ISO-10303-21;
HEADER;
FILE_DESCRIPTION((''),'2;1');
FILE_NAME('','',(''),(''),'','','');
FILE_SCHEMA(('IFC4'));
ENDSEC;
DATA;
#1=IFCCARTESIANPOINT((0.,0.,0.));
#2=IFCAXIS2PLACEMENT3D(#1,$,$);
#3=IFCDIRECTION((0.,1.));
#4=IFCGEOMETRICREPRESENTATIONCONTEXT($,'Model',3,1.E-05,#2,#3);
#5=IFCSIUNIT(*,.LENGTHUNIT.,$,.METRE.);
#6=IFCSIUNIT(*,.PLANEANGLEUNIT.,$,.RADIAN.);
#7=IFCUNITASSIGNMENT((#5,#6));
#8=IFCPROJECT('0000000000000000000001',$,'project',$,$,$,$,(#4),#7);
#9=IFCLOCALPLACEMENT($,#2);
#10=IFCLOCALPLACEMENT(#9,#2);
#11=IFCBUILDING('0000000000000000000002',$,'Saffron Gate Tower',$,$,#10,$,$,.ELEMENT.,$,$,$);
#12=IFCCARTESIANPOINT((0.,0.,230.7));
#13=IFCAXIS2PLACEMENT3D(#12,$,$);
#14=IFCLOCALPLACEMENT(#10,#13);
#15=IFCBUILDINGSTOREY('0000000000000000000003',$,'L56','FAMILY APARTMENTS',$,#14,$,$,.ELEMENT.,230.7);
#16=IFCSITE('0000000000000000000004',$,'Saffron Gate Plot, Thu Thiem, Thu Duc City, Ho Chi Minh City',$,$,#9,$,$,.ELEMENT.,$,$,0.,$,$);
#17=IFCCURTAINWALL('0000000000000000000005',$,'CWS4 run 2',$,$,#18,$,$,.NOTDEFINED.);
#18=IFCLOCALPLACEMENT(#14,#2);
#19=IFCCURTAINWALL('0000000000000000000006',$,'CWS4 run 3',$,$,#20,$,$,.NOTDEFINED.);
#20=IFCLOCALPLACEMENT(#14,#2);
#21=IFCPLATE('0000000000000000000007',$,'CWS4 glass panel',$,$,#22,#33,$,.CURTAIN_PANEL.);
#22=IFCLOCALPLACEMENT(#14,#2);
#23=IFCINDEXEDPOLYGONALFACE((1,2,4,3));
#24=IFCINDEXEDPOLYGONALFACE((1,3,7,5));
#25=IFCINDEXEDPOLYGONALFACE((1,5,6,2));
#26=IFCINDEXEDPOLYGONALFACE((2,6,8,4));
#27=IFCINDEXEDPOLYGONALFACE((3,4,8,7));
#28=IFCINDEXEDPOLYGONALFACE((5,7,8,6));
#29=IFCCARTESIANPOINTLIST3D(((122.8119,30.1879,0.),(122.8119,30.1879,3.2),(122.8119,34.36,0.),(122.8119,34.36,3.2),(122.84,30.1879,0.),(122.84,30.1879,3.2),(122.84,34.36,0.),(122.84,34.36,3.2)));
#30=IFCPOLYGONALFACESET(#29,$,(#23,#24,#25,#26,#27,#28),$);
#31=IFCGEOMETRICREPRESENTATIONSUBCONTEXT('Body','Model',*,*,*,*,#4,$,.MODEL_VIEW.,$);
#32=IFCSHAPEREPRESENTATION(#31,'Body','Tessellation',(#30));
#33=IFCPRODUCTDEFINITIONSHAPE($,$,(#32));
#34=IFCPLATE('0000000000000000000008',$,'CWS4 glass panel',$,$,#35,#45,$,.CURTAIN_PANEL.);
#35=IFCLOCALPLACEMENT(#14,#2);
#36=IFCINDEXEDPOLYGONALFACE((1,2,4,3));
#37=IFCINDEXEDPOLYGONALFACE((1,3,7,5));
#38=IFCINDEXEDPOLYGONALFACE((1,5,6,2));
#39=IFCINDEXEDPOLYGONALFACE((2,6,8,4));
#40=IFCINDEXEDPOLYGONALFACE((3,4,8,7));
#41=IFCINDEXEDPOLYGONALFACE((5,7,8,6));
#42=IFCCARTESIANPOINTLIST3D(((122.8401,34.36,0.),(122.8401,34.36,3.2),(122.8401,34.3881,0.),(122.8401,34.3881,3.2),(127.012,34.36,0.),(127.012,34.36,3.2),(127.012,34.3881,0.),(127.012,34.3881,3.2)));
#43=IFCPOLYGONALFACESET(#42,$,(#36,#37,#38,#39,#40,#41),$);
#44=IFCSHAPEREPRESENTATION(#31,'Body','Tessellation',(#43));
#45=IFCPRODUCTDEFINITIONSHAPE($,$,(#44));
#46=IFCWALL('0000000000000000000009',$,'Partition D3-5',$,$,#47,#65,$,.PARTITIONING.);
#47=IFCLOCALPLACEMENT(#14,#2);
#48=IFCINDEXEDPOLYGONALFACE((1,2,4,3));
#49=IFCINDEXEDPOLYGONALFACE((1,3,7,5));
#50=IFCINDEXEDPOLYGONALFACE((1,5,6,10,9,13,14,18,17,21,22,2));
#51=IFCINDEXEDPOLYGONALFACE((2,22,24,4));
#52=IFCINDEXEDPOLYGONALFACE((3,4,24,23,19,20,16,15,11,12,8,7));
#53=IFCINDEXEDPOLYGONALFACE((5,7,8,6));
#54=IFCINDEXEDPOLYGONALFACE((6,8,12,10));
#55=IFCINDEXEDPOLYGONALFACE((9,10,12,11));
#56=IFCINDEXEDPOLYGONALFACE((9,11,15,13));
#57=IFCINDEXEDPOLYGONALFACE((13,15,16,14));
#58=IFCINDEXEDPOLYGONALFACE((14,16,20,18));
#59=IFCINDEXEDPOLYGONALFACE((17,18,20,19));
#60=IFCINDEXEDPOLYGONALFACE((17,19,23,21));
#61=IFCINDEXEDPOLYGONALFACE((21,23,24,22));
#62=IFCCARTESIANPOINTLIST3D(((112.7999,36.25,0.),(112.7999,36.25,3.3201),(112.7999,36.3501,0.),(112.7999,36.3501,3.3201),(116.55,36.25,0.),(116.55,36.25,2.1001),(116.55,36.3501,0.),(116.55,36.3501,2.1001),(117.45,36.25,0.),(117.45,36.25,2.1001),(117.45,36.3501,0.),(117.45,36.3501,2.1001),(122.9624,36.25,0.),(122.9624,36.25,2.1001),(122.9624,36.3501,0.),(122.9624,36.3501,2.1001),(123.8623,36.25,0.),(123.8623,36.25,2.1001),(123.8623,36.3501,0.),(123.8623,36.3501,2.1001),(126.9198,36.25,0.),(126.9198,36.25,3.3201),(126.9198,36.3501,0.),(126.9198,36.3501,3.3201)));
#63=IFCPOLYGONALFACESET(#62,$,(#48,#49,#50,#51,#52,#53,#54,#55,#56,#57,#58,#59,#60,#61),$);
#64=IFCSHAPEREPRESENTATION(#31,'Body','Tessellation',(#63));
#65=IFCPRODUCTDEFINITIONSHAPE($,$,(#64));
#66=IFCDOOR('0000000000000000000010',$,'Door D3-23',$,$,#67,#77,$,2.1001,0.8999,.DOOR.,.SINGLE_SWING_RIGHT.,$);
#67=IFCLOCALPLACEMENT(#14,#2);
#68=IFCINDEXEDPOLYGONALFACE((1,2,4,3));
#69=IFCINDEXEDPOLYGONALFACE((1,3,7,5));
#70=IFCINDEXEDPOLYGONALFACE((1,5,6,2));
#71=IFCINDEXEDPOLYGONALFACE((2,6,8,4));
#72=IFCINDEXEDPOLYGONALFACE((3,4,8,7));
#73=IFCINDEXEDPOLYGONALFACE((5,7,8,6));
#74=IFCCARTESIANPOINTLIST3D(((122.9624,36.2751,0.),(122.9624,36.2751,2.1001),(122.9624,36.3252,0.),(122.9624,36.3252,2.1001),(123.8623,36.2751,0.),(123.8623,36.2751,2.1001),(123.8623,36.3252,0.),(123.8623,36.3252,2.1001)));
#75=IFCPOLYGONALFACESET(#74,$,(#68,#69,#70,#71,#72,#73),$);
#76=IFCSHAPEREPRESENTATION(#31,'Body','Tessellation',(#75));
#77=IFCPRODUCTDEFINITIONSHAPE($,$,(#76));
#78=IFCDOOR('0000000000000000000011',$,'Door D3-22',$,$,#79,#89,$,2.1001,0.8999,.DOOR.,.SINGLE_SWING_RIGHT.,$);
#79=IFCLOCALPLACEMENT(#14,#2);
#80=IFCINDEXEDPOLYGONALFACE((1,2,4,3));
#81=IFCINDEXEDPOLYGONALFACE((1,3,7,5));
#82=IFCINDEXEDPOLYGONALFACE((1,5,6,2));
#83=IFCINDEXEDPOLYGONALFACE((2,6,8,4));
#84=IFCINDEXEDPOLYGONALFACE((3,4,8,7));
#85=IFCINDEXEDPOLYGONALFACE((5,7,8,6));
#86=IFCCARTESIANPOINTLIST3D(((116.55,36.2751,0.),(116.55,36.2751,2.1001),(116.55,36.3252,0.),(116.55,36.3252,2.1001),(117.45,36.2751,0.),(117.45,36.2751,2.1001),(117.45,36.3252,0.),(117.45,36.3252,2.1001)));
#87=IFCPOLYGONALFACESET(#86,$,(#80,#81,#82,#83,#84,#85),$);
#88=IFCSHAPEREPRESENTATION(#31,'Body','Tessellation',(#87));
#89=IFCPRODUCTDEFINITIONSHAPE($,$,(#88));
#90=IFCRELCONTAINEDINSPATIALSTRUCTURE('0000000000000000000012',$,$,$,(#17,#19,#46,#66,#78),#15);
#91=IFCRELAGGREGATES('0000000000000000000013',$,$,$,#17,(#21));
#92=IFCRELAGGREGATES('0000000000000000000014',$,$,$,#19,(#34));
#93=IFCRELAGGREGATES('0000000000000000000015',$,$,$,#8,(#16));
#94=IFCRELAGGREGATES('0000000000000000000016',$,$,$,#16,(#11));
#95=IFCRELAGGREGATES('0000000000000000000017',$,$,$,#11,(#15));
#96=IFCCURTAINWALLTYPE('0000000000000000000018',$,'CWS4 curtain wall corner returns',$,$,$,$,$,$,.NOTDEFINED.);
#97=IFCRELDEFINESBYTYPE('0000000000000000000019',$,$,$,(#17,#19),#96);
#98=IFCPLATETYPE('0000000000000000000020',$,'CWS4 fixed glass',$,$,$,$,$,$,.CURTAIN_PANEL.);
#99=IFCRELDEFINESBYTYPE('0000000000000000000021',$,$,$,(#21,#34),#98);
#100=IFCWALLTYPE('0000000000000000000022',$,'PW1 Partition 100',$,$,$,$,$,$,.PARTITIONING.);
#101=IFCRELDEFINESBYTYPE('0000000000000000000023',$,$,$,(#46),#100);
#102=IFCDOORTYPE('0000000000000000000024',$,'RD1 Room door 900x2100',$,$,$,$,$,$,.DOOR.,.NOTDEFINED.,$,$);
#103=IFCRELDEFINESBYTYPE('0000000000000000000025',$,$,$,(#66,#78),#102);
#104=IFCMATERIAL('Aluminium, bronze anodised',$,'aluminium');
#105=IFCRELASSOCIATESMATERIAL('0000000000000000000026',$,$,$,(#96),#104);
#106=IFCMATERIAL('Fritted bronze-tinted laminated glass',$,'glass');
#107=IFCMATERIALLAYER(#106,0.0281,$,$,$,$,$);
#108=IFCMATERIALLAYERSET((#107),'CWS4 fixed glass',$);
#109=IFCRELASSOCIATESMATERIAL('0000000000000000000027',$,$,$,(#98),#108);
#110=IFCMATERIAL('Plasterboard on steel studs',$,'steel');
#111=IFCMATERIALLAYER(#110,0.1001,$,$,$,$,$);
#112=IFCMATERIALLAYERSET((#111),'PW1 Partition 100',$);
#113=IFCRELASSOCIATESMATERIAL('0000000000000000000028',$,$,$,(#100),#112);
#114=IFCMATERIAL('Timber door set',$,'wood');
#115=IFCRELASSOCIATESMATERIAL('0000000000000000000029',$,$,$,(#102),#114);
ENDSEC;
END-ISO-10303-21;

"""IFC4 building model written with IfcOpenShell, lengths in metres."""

from ifc_helpers import new_model, si_unit, direction, frame, frame_2d, origin, place, context, subcontext, project, spatial, rectangle, extrude, material, layer, layer_set, type_object, element, fill, aggregate, save


model = new_model("IFC4")

# Units and contexts
model_context = context("Model", 3, precision=1e-05, world=origin(), true_north=direction((0.0, 1.0)))
body_context = subcontext(model_context, "Body", "Model", "MODEL_VIEW")
ifc_project = project(units=[si_unit("LENGTHUNIT", "METRE"), si_unit("PLANEANGLEUNIT", "RADIAN")], contexts=[model_context])

# Site, building, storey
site_placement = place(None, origin())
site = spatial("IfcSite", under=ifc_project, at=site_placement, Name="Saffron Gate Plot, Thu Thiem, Thu Duc City, Ho Chi Minh City", CompositionType="ELEMENT", RefElevation=0.0)
building_placement = place(site_placement, origin())
building = spatial("IfcBuilding", under=site, at=building_placement, Name="Saffron Gate Tower", CompositionType="ELEMENT")
storey_placement = place(building_placement, frame((0.0, 0.0, 230.7)))
storey = spatial("IfcBuildingStorey", under=building, at=storey_placement, Name="L56", Description="FAMILY APARTMENTS", CompositionType="ELEMENT", Elevation=230.7)

# Shared definitions
ifc_material_1 = material(Name="Aluminium, bronze anodised", Category="aluminium")

# Curtain walls
curtain_wall_type_1 = type_object("IfcCurtainWallType", Name="CWS4 curtain wall corner returns", PredefinedType="NOTDEFINED", material=ifc_material_1)
curtain_wall_1_placement = place(storey_placement, origin())
curtain_wall_1 = element("IfcCurtainWall", 1, at=curtain_wall_1_placement, inside=storey, type_object=curtain_wall_type_1, Name="CWS4 run 2", PredefinedType="NOTDEFINED")
curtain_wall_2_placement = place(storey_placement, origin())
curtain_wall_2 = element("IfcCurtainWall", 2, at=curtain_wall_2_placement, inside=storey, type_object=curtain_wall_type_1, Name="CWS4 run 3", PredefinedType="NOTDEFINED")

# Shared definitions
ifc_material_2 = material(Name="Fritted bronze-tinted laminated glass", Category="glass")

# Plates
ifc_layer_1 = layer(ifc_material_2, 0.0281)
ifc_layer_set_1 = layer_set([ifc_layer_1], Name="CWS4 fixed glass")
plate_type_1 = type_object("IfcPlateType", Name="CWS4 fixed glass", PredefinedType="CURTAIN_PANEL", material=ifc_layer_set_1)
plate_1_placement = place(storey_placement, frame((122.8259, 30.188, 0.0), z_axis=(0.0, 0.0, 1.0), x_axis=(0.0, 1.0, 0.0)))
plate_1 = element("IfcPlate", 3, at=plate_1_placement, type_object=plate_type_1, Name="CWS4 glass panel", PredefinedType="CURTAIN_PANEL", context=body_context, shape_type="SweptSolid", body=[
    extrude(rectangle(XDim=4.1721, YDim=0.0281, at=frame_2d((2.0859, 0.0))), origin(), (0.0, 0.0, 1.0), 3.2),
])
aggregate(curtain_wall_1, [plate_1])
plate_2_placement = place(storey_placement, frame((122.8401, 34.374, 0.0), z_axis=(0.0, 0.0, 1.0), x_axis=(1.0, 0.0, 0.0)))
plate_2 = element("IfcPlate", 4, at=plate_2_placement, type_object=plate_type_1, Name="CWS4 glass panel", PredefinedType="CURTAIN_PANEL", context=body_context, shape_type="SweptSolid", body=[
    extrude(rectangle(XDim=4.1719, YDim=0.0281, at=frame_2d((2.0859, 0.0))), origin(), (0.0, 0.0, 1.0), 3.2),
])
aggregate(curtain_wall_2, [plate_2])

# Wall, openings, doors
ifc_material_3 = material(Name="Plasterboard on steel studs", Category="steel")
ifc_layer_2 = layer(ifc_material_3, 0.1001)
ifc_layer_set_2 = layer_set([ifc_layer_2], Name="PW1 Partition 100")
wall_type = type_object("IfcWallType", Name="PW1 Partition 100", PredefinedType="PARTITIONING", material=ifc_layer_set_2)
wall_placement = place(storey_placement, frame((126.9199, 36.3, 0.0), z_axis=(0.0, 0.0, 1.0), x_axis=(-1.0, 0.0, 0.0)))
wall = element("IfcWall", 5, at=wall_placement, inside=storey, type_object=wall_type, Name="Partition D3-5", PredefinedType="PARTITIONING", context=body_context, shape_type="SweptSolid", body=[
    extrude(rectangle(XDim=14.1199, YDim=0.1001, at=frame_2d((7.0601, 0.0))), origin(), (0.0, 0.0, 1.0), 3.3201),
])
opening_1_placement = place(wall_placement, frame((3.0576, 0.0, 0.0)))
opening_1 = element("IfcOpeningElement", 6, at=opening_1_placement, cuts=wall, PredefinedType="OPENING", context=body_context, shape_type="SweptSolid", body=[
    extrude(rectangle(XDim=0.8999, YDim=2.1001, at=frame_2d((0.45, 1.05))), frame((0.0, 0.0601, 0.0), z_axis=(0.0, -1.0, 0.0), x_axis=(1.0, 0.0, 0.0)), (0.0, 0.0, 1.0), 0.1201),
])
opening_2_placement = place(wall_placement, frame((9.47, 0.0, 0.0)))
opening_2 = element("IfcOpeningElement", 7, at=opening_2_placement, cuts=wall, PredefinedType="OPENING", context=body_context, shape_type="SweptSolid", body=[
    extrude(rectangle(XDim=0.8999, YDim=2.1001, at=frame_2d((0.45, 1.05))), frame((0.0, 0.0601, 0.0), z_axis=(0.0, -1.0, 0.0), x_axis=(1.0, 0.0, 0.0)), (0.0, 0.0, 1.0), 0.1201),
])
ifc_material_4 = material(Name="Timber door set", Category="wood")
door_type = type_object("IfcDoorType", Name="RD1 Room door 900x2100", OperationType="NOTDEFINED", PredefinedType="DOOR", material=ifc_material_4)
door_1_placement = place(opening_1_placement, origin())
door_1 = element("IfcDoor", 8, at=door_1_placement, inside=storey, type_object=door_type, Name="Door D3-23", OperationType="SINGLE_SWING_RIGHT", OverallHeight=2.1001, OverallWidth=0.8999, PredefinedType="DOOR", context=body_context, shape_type="SweptSolid", body=[
    extrude(rectangle(XDim=0.8999, YDim=2.1001, at=frame_2d((0.45, 1.05))), frame((0.0, 0.0249, 0.0), z_axis=(0.0, -1.0, 0.0), x_axis=(1.0, 0.0, 0.0)), (0.0, 0.0, 1.0), 0.05),
])
fill(opening_1, door_1)
door_2_placement = place(opening_2_placement, origin())
door_2 = element("IfcDoor", 9, at=door_2_placement, inside=storey, type_object=door_type, Name="Door D3-22", OperationType="SINGLE_SWING_RIGHT", OverallHeight=2.1001, OverallWidth=0.8999, PredefinedType="DOOR", context=body_context, shape_type="SweptSolid", body=[
    extrude(rectangle(XDim=0.8999, YDim=2.1001, at=frame_2d((0.45, 1.05))), frame((0.0, 0.0249, 0.0), z_axis=(0.0, -1.0, 0.0), x_axis=(1.0, 0.0, 0.0)), (0.0, 0.0, 1.0), 0.05),
])
fill(opening_2, door_2)

save(model, "model.ifc")
